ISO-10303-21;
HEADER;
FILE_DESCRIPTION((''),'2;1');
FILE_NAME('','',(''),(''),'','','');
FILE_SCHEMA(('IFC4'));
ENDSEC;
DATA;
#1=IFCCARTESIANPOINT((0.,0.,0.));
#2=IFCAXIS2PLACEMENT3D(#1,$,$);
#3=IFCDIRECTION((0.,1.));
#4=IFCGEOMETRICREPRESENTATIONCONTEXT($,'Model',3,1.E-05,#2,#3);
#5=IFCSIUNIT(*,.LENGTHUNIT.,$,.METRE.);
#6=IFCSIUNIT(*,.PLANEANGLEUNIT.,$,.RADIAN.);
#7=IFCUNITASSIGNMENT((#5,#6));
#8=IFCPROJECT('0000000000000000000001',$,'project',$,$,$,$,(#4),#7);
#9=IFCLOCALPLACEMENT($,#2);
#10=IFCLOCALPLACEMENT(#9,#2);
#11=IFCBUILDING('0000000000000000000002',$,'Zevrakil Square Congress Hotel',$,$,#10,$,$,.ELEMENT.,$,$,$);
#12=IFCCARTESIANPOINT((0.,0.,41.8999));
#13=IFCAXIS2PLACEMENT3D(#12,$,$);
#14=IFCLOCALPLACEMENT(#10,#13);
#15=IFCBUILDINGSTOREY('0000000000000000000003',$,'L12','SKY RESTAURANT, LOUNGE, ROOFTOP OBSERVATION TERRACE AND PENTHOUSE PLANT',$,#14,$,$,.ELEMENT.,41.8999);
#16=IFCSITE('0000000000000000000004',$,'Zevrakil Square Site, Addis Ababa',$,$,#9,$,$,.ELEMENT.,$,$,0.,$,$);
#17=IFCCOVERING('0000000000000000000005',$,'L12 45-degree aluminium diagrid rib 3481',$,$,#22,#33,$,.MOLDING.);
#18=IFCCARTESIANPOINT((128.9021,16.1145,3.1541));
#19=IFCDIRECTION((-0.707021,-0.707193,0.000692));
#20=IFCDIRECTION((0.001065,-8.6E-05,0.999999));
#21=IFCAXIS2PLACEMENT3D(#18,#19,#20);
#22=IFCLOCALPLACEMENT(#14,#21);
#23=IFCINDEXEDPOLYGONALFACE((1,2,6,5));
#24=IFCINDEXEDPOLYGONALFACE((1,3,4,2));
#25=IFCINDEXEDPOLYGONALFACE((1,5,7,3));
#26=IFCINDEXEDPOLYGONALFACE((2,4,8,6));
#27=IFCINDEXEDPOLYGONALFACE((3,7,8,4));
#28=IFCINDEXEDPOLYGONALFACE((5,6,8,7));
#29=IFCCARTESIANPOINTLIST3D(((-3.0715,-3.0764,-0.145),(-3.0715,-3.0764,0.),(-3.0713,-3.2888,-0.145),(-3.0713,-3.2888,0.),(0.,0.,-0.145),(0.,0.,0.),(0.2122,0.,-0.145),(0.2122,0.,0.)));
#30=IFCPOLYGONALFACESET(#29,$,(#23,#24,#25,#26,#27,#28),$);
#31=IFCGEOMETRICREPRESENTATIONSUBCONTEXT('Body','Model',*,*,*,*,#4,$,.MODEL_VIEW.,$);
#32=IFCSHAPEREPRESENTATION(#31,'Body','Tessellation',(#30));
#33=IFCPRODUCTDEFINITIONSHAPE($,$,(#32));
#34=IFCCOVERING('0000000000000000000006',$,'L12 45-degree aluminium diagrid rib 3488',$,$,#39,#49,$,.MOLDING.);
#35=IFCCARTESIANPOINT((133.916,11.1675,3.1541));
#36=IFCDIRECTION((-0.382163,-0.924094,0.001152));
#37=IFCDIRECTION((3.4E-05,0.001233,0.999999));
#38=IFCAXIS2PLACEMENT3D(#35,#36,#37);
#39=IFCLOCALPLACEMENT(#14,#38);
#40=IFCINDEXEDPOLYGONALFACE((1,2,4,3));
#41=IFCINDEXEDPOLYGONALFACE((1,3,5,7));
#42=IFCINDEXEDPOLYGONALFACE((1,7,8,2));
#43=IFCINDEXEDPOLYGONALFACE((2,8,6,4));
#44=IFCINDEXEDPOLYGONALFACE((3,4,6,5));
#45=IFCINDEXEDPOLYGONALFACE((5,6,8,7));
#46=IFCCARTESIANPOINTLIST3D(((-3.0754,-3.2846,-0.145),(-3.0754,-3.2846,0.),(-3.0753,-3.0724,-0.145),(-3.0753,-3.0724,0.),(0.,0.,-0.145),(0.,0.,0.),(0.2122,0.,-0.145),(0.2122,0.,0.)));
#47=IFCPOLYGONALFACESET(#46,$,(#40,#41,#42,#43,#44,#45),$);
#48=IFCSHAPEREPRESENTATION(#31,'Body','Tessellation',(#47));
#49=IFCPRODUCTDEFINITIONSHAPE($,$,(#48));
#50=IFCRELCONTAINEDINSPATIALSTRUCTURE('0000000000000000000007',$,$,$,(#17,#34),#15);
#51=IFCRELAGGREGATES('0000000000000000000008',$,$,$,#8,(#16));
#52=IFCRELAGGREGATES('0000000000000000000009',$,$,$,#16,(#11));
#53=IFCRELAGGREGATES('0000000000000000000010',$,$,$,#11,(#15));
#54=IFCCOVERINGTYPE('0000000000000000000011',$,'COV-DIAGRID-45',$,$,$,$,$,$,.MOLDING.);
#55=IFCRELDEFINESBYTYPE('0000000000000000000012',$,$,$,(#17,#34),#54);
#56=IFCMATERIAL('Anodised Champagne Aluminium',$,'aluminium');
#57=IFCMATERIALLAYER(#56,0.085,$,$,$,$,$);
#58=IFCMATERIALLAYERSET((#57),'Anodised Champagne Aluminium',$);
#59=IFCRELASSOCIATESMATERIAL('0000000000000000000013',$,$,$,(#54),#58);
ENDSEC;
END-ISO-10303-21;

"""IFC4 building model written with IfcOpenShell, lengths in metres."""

from ifc_helpers import new_model, si_unit, direction, frame, origin, place, context, subcontext, project, spatial, polyline, outline, extrude, material, layer, layer_set, type_object, element, save


model = new_model("IFC4")

# Units and contexts
model_context = context("Model", 3, precision=1e-05, world=origin(), true_north=direction((0.0, 1.0)))
body_context = subcontext(model_context, "Body", "Model", "MODEL_VIEW")
ifc_project = project(units=[si_unit("LENGTHUNIT", "METRE"), si_unit("PLANEANGLEUNIT", "RADIAN")], contexts=[model_context])

# Site, building, storey
site_placement = place(None, origin())
site = spatial("IfcSite", under=ifc_project, at=site_placement, Name="Zevrakil Square Site, Addis Ababa", CompositionType="ELEMENT", RefElevation=0.0)
building_placement = place(site_placement, origin())
building = spatial("IfcBuilding", under=site, at=building_placement, Name="Zevrakil Square Congress Hotel", CompositionType="ELEMENT")
storey_placement = place(building_placement, frame((0.0, 0.0, 41.8999)))
storey = spatial("IfcBuildingStorey", under=building, at=storey_placement, Name="L12", Description="SKY RESTAURANT, LOUNGE, ROOFTOP OBSERVATION TERRACE AND PENTHOUSE PLANT", CompositionType="ELEMENT", Elevation=41.8999)

# Coverings
ifc_material_1 = material(Name="Anodised Champagne Aluminium", Category="aluminium")
ifc_layer_1 = layer(ifc_material_1, 0.085)
ifc_layer_set_1 = layer_set([ifc_layer_1], Name="Anodised Champagne Aluminium")
covering_type_1 = type_object("IfcCoveringType", Name="COV-DIAGRID-45", PredefinedType="MOLDING", material=ifc_layer_set_1)
covering_1_placement = place(storey_placement, frame((128.9021, 16.1145, 3.1541), z_axis=(-0.707021, -0.707193, 0.000692), x_axis=(0.001065, -0.000086, 0.999999)))
element("IfcCovering", 1, at=covering_1_placement, inside=storey, type_object=covering_type_1, Name="L12 45-degree aluminium diagrid rib 3481", PredefinedType="MOLDING", context=body_context, shape_type="SweptSolid", body=[
    extrude(outline(polyline([(0.0, 0.0), (0.2122, 0.0), (-3.0713, -3.2888), (-3.0715, -3.0764), (0.0, 0.0)])), origin(), (0.0, 0.0, -1.0), 0.145),
])
covering_2_placement = place(storey_placement, frame((133.916, 11.1675, 3.1541), z_axis=(-0.382163, -0.924094, 0.001152), x_axis=(0.000034, 0.001233, 0.999999)))
element("IfcCovering", 2, at=covering_2_placement, inside=storey, type_object=covering_type_1, Name="L12 45-degree aluminium diagrid rib 3488", PredefinedType="MOLDING", context=body_context, shape_type="SweptSolid", body=[
    extrude(outline(polyline([(0.0, 0.0), (0.2122, 0.0), (-3.0754, -3.2846), (-3.0753, -3.0724), (0.0, 0.0)])), origin(), (0.0, 0.0, -1.0), 0.145),
])

save(model, "model.ifc")
